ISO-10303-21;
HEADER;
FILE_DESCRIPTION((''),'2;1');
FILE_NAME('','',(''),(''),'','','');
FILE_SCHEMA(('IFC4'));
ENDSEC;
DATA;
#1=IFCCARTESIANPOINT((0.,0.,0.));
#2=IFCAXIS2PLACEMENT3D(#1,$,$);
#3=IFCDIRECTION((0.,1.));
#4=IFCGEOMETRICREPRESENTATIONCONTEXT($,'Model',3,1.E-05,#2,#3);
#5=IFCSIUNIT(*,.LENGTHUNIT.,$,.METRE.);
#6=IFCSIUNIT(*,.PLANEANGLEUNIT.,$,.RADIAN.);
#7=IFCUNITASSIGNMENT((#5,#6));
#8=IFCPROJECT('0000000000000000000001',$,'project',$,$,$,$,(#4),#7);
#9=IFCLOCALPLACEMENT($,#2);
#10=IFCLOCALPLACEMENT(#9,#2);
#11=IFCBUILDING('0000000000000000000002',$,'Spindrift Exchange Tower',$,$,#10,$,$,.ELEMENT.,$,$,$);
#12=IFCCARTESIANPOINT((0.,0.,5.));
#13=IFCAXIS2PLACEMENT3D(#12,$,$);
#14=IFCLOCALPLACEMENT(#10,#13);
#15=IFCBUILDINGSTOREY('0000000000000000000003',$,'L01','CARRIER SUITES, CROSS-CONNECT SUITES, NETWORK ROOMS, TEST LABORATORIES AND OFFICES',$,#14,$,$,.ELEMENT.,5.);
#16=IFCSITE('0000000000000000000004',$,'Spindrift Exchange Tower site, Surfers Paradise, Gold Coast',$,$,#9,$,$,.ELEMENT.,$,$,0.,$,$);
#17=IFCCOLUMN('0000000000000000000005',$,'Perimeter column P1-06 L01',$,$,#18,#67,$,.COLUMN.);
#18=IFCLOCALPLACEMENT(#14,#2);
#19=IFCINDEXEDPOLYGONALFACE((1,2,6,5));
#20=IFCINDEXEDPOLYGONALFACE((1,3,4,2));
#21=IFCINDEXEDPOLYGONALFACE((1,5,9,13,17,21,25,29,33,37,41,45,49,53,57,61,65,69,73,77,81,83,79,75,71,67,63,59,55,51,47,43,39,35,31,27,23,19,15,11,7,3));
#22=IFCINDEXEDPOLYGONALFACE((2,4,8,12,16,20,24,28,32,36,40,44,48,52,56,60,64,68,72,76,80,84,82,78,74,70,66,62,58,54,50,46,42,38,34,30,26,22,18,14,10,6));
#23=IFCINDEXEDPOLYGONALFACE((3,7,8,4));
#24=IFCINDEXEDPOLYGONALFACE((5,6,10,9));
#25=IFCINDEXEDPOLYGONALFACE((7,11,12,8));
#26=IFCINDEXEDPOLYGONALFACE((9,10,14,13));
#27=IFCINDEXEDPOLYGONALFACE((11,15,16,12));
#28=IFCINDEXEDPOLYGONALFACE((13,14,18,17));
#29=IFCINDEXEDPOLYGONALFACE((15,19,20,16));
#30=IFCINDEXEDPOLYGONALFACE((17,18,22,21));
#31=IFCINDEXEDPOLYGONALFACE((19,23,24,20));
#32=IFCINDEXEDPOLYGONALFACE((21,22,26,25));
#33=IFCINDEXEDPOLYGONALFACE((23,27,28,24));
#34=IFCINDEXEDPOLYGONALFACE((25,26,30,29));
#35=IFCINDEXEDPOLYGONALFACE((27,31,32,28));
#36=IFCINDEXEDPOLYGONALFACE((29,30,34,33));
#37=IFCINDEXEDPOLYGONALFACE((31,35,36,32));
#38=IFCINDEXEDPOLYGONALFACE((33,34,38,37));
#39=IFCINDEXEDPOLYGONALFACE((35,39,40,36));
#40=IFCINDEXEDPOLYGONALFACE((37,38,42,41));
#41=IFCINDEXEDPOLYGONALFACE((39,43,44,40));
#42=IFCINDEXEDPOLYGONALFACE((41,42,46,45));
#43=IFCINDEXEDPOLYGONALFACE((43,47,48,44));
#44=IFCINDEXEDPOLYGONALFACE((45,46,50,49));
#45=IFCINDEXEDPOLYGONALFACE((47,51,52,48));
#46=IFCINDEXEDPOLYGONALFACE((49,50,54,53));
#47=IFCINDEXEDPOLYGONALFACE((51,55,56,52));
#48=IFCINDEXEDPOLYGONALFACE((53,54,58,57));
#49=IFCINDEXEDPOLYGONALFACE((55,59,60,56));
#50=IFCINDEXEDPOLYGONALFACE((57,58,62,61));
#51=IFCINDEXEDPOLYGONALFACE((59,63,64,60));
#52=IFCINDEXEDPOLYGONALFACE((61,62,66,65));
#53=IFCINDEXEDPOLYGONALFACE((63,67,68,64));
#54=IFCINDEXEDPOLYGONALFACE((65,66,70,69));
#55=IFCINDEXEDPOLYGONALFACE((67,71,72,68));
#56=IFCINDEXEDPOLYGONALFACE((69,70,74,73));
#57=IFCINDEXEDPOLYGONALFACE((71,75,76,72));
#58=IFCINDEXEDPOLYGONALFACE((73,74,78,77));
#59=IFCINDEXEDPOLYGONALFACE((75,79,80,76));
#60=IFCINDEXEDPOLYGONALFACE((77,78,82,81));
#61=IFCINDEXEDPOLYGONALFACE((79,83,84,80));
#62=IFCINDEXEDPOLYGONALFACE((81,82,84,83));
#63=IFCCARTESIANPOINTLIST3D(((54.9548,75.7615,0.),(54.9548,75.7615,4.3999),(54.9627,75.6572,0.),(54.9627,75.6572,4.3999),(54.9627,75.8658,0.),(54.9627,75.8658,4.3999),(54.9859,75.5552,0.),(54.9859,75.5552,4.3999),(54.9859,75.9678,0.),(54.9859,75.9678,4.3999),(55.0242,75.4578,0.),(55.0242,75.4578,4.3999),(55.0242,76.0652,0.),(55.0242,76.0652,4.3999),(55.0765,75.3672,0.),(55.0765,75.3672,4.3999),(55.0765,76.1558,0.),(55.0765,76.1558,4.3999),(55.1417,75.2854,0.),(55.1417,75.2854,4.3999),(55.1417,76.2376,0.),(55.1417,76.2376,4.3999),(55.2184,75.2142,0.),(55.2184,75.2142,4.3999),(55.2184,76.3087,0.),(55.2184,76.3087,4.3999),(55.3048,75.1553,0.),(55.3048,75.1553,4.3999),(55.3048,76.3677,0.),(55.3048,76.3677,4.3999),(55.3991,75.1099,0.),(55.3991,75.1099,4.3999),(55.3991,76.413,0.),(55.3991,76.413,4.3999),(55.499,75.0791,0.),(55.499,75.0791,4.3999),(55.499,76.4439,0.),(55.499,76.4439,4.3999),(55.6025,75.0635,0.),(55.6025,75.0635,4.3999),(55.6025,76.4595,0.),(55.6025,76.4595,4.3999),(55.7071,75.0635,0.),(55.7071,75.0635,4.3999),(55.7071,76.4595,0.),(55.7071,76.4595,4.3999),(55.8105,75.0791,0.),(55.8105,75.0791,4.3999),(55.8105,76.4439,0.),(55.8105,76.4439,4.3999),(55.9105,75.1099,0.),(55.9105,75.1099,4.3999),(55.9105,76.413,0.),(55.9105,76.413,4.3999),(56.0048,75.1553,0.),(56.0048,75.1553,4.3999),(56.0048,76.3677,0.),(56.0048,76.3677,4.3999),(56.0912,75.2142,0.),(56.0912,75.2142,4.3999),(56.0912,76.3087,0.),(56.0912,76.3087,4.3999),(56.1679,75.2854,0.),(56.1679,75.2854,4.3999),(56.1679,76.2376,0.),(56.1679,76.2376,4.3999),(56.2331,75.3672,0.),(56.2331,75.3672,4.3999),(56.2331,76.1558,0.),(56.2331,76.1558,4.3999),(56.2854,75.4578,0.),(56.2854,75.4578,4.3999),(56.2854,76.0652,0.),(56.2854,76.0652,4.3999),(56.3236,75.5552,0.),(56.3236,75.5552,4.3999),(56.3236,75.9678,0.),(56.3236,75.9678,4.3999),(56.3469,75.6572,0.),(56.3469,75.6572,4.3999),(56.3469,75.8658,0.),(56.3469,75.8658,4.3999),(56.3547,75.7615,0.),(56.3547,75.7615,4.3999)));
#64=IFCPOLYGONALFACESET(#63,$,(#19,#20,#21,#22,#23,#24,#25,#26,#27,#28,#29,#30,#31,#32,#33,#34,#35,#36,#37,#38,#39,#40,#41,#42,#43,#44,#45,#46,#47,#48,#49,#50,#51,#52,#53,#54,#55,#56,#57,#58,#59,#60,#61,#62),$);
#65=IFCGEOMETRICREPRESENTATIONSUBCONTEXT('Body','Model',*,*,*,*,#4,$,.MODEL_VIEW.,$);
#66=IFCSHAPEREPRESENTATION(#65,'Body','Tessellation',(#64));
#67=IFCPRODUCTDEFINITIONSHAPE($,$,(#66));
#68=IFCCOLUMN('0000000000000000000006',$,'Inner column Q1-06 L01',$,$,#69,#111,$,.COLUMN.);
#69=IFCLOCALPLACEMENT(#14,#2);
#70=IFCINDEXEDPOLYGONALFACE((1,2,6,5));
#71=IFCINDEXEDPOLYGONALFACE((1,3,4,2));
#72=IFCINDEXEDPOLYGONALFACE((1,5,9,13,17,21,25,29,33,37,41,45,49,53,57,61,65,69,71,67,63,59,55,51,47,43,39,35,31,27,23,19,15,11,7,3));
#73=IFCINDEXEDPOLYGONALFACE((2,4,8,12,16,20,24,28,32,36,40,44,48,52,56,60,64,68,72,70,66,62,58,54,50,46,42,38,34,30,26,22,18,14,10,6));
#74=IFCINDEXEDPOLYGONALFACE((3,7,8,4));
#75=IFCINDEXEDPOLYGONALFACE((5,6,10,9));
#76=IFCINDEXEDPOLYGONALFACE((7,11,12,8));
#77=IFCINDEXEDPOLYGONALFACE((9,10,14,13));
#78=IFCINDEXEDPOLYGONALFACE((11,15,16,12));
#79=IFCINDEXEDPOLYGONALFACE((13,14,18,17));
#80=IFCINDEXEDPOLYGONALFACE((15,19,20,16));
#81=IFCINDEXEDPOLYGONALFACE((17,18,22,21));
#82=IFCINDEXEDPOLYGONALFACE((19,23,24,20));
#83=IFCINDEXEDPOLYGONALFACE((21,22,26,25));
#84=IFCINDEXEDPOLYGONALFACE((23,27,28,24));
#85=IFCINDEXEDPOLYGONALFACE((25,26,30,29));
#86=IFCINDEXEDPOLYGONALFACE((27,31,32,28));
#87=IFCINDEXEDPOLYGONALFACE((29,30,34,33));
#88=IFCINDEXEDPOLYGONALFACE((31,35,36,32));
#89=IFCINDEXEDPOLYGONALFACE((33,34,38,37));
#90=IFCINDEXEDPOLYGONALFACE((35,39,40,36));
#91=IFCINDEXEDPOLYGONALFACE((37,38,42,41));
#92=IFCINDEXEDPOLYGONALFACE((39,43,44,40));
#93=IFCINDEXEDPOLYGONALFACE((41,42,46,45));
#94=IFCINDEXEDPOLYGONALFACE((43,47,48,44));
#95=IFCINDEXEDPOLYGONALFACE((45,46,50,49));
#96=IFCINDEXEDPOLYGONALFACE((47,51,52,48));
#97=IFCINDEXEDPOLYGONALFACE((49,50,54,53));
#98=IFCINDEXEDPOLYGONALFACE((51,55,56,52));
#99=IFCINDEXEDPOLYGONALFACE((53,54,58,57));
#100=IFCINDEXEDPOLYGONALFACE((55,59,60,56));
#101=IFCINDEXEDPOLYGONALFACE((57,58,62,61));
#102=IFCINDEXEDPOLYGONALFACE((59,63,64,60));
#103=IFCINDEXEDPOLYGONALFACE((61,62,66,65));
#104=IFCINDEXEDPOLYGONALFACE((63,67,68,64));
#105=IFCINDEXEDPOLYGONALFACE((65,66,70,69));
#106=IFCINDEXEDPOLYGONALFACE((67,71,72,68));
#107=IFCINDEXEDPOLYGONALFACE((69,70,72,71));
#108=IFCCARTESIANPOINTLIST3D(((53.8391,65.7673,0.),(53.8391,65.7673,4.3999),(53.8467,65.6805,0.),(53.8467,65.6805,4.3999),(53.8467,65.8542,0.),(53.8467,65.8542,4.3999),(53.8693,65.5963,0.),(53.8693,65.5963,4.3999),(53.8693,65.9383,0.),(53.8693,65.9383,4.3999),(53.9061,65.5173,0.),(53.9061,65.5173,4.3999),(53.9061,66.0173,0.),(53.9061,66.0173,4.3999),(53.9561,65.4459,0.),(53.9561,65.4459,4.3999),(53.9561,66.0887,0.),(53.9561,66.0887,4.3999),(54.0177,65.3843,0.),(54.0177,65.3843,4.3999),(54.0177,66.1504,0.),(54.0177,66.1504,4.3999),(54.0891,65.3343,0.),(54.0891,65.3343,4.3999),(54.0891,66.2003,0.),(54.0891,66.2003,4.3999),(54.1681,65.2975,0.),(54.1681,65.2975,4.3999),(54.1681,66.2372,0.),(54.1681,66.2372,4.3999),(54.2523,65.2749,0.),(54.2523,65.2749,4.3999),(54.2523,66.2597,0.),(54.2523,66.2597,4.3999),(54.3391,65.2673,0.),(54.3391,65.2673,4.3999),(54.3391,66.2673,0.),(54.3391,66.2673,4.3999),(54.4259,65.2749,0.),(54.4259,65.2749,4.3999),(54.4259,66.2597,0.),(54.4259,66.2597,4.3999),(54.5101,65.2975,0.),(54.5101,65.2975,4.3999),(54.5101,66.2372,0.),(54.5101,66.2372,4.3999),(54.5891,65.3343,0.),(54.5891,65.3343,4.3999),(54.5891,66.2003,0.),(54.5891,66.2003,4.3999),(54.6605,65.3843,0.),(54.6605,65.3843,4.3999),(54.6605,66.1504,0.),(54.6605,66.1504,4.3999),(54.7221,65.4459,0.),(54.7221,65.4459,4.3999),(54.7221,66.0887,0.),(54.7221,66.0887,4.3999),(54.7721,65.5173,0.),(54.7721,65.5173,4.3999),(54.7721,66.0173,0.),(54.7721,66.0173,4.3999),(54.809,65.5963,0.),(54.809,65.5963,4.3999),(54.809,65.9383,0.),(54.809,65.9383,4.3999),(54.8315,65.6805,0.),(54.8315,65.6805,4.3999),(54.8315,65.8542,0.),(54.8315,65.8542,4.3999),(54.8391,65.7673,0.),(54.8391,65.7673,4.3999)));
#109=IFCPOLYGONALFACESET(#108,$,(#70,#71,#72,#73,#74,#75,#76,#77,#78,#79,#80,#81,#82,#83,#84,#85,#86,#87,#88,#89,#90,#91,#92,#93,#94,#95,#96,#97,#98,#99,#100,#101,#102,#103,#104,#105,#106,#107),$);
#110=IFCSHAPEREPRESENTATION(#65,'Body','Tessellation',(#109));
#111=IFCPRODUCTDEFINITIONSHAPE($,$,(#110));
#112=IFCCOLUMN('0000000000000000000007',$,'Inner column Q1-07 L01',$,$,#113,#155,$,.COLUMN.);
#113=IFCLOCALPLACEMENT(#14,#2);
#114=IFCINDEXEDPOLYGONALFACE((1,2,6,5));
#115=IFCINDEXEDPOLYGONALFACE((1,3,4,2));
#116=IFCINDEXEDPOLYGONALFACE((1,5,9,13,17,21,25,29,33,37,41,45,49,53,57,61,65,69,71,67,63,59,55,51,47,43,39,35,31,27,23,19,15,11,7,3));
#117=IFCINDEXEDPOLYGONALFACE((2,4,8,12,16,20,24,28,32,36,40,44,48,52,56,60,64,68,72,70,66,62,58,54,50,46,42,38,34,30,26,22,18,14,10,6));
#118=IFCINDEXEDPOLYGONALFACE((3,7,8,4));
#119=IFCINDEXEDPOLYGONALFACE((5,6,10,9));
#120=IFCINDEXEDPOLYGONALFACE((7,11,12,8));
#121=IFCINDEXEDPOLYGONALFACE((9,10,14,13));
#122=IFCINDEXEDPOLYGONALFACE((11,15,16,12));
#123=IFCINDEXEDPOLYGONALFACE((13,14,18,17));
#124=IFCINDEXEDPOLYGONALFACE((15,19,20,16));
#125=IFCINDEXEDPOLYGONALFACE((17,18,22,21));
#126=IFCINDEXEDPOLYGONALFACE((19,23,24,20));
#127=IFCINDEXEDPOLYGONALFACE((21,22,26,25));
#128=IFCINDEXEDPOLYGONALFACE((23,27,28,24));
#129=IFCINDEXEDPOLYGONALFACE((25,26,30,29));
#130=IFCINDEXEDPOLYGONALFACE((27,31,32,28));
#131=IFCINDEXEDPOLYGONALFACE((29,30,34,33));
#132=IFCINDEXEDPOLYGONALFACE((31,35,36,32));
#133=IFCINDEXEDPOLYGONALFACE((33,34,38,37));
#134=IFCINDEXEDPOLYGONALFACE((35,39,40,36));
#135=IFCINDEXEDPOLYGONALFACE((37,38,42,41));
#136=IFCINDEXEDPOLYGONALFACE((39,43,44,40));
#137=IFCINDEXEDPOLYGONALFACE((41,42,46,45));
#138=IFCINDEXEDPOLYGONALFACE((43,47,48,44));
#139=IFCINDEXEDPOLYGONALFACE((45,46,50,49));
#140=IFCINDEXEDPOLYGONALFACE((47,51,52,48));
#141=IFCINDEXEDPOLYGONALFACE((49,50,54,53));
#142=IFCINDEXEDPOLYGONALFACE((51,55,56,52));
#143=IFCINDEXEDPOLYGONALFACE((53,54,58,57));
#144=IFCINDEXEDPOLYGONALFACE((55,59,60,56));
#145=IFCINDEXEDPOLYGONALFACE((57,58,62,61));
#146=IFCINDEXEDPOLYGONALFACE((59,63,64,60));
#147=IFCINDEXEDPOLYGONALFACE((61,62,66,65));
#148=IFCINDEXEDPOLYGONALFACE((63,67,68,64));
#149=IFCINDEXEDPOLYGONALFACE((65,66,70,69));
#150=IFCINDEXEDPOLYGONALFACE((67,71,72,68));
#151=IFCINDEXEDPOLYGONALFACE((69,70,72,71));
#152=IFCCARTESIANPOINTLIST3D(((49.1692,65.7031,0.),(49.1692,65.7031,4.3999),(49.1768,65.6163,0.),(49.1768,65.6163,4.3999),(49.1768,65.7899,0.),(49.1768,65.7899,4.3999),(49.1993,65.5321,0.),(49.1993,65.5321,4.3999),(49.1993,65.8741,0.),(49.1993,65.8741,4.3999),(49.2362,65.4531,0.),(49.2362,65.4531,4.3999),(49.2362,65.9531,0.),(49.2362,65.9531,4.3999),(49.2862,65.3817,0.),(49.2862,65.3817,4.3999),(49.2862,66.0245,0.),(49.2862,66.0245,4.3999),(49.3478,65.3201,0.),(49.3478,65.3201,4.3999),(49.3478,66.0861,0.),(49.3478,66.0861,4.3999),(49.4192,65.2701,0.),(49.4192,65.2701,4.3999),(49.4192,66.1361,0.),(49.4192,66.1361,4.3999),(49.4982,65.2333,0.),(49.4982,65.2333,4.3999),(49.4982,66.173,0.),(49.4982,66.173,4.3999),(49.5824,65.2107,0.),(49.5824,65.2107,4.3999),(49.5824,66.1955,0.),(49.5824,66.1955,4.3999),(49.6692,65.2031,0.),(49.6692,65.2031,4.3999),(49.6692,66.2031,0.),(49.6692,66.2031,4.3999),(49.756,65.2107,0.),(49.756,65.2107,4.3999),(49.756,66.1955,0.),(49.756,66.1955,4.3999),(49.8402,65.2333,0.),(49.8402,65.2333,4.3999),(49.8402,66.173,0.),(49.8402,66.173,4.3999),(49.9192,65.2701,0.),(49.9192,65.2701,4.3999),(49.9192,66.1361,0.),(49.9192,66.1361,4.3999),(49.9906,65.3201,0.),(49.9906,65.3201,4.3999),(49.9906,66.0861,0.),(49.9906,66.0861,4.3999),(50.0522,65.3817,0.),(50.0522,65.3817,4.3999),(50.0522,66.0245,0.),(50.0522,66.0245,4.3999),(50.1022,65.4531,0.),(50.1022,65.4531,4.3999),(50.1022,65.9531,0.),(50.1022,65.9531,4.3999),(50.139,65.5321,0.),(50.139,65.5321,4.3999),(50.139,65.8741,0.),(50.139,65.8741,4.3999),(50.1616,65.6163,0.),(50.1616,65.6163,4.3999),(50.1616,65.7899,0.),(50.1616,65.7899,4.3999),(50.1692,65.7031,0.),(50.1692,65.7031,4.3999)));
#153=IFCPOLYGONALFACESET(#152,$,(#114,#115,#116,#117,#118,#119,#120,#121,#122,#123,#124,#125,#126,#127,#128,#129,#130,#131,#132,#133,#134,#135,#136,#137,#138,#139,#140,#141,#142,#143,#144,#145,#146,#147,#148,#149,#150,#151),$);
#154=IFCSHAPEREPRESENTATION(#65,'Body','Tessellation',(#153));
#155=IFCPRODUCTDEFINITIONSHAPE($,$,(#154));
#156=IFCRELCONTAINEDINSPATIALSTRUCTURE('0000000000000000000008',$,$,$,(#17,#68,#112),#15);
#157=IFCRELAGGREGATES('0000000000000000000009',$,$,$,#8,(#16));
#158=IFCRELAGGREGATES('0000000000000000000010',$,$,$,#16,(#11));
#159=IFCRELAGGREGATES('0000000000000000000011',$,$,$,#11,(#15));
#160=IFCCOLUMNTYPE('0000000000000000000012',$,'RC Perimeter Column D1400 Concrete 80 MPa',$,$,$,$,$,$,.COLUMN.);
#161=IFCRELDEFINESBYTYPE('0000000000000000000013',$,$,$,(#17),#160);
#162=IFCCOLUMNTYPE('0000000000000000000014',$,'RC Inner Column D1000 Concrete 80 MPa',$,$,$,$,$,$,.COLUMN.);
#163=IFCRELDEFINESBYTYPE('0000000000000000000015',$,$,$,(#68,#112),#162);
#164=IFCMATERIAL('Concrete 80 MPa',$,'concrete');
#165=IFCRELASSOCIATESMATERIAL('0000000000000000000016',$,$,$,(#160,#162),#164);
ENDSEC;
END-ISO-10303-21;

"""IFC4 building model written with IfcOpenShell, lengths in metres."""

from ifc_helpers import new_model, si_unit, direction, frame, origin, origin_2d, place, context, subcontext, project, spatial, circle, extrude, source, transform, mapped, material, material_profile, profile_set, type_object, element, save


model = new_model("IFC4")

# Units and contexts
model_context = context("Model", 3, precision=1e-05, world=origin(), true_north=direction((0.0, 1.0)))
body_context = subcontext(model_context, "Body", "Model", "MODEL_VIEW")
ifc_project = project(units=[si_unit("LENGTHUNIT", "METRE"), si_unit("PLANEANGLEUNIT", "RADIAN")], contexts=[model_context])

# Site, building, storey
site_placement = place(None, origin())
site = spatial("IfcSite", under=ifc_project, at=site_placement, Name="Spindrift Exchange Tower site, Surfers Paradise, Gold Coast", CompositionType="ELEMENT", RefElevation=0.0)
building_placement = place(site_placement, origin())
building = spatial("IfcBuilding", under=site, at=building_placement, Name="Spindrift Exchange Tower", CompositionType="ELEMENT")
storey_placement = place(building_placement, frame((0.0, 0.0, 5.0)))
storey = spatial("IfcBuildingStorey", under=building, at=storey_placement, Name="L01", Description="CARRIER SUITES, CROSS-CONNECT SUITES, NETWORK ROOMS, TEST LABORATORIES AND OFFICES", CompositionType="ELEMENT", Elevation=5.0)

# Columns
ifc_material_1 = material(Name="Concrete 80 MPa", Category="concrete")
ifc_material_profile_1 = material_profile(ifc_material_1, circle(Radius=0.7, at=origin_2d()), Name="RC D1400")
ifc_profile_set_1 = profile_set([ifc_material_profile_1], Name="Concrete 80 MPa")
column_type_1 = type_object("IfcColumnType", Name="RC Perimeter Column D1400 Concrete 80 MPa", PredefinedType="COLUMN", material=ifc_profile_set_1)
shared_shape_1 = source(origin(), body_context, "Body", "SweptSolid", [
    extrude(circle(Radius=0.7, at=origin_2d()), origin(), (0.0, 0.0, 1.0), 4.3999),
])
column_placement = place(storey_placement, frame((55.6548, 75.7615, 0.0), z_axis=(0.0, 0.0, 1.0), x_axis=(1.0, 0.0, 0.0)))
element("IfcColumn", 1, at=column_placement, inside=storey, type_object=column_type_1, Name="Perimeter column P1-06 L01", PredefinedType="COLUMN", context=body_context, shape_type="MappedRepresentation", body=[
    mapped(shared_shape_1, transform((0.0, 0.0, 0.0), scale=1.0)),
])
ifc_material_profile_2 = material_profile(ifc_material_1, circle(Radius=0.5, at=origin_2d()), Name="RC D1000")
ifc_profile_set_2 = profile_set([ifc_material_profile_2], Name="Concrete 80 MPa")
column_type_2 = type_object("IfcColumnType", Name="RC Inner Column D1000 Concrete 80 MPa", PredefinedType="COLUMN", material=ifc_profile_set_2)
shared_shape_2 = source(origin(), body_context, "Body", "SweptSolid", [
    extrude(circle(Radius=0.5, at=origin_2d()), origin(), (0.0, 0.0, 1.0), 4.3999),
])
for number, where, z_axis, x_axis, name in (
    (2, (54.3391, 65.7673, 0.0), (0.0, 0.0, 1.0), (1.0, 0.0, 0.0), "Inner column Q1-06 L01"),
    (3, (49.6692, 65.7031, 0.0), (0.0, 0.0, 1.0), (1.0, 0.0, 0.0), "Inner column Q1-07 L01"),
):
    element("IfcColumn", number, at=place(storey_placement, frame(where, z_axis=z_axis, x_axis=x_axis)), inside=storey, type_object=column_type_2, Name=name, PredefinedType="COLUMN", context=body_context, shape_type="MappedRepresentation", body=[
        mapped(shared_shape_2, transform((0.0, 0.0, 0.0), scale=1.0)),
    ])

save(model, "model.ifc")
